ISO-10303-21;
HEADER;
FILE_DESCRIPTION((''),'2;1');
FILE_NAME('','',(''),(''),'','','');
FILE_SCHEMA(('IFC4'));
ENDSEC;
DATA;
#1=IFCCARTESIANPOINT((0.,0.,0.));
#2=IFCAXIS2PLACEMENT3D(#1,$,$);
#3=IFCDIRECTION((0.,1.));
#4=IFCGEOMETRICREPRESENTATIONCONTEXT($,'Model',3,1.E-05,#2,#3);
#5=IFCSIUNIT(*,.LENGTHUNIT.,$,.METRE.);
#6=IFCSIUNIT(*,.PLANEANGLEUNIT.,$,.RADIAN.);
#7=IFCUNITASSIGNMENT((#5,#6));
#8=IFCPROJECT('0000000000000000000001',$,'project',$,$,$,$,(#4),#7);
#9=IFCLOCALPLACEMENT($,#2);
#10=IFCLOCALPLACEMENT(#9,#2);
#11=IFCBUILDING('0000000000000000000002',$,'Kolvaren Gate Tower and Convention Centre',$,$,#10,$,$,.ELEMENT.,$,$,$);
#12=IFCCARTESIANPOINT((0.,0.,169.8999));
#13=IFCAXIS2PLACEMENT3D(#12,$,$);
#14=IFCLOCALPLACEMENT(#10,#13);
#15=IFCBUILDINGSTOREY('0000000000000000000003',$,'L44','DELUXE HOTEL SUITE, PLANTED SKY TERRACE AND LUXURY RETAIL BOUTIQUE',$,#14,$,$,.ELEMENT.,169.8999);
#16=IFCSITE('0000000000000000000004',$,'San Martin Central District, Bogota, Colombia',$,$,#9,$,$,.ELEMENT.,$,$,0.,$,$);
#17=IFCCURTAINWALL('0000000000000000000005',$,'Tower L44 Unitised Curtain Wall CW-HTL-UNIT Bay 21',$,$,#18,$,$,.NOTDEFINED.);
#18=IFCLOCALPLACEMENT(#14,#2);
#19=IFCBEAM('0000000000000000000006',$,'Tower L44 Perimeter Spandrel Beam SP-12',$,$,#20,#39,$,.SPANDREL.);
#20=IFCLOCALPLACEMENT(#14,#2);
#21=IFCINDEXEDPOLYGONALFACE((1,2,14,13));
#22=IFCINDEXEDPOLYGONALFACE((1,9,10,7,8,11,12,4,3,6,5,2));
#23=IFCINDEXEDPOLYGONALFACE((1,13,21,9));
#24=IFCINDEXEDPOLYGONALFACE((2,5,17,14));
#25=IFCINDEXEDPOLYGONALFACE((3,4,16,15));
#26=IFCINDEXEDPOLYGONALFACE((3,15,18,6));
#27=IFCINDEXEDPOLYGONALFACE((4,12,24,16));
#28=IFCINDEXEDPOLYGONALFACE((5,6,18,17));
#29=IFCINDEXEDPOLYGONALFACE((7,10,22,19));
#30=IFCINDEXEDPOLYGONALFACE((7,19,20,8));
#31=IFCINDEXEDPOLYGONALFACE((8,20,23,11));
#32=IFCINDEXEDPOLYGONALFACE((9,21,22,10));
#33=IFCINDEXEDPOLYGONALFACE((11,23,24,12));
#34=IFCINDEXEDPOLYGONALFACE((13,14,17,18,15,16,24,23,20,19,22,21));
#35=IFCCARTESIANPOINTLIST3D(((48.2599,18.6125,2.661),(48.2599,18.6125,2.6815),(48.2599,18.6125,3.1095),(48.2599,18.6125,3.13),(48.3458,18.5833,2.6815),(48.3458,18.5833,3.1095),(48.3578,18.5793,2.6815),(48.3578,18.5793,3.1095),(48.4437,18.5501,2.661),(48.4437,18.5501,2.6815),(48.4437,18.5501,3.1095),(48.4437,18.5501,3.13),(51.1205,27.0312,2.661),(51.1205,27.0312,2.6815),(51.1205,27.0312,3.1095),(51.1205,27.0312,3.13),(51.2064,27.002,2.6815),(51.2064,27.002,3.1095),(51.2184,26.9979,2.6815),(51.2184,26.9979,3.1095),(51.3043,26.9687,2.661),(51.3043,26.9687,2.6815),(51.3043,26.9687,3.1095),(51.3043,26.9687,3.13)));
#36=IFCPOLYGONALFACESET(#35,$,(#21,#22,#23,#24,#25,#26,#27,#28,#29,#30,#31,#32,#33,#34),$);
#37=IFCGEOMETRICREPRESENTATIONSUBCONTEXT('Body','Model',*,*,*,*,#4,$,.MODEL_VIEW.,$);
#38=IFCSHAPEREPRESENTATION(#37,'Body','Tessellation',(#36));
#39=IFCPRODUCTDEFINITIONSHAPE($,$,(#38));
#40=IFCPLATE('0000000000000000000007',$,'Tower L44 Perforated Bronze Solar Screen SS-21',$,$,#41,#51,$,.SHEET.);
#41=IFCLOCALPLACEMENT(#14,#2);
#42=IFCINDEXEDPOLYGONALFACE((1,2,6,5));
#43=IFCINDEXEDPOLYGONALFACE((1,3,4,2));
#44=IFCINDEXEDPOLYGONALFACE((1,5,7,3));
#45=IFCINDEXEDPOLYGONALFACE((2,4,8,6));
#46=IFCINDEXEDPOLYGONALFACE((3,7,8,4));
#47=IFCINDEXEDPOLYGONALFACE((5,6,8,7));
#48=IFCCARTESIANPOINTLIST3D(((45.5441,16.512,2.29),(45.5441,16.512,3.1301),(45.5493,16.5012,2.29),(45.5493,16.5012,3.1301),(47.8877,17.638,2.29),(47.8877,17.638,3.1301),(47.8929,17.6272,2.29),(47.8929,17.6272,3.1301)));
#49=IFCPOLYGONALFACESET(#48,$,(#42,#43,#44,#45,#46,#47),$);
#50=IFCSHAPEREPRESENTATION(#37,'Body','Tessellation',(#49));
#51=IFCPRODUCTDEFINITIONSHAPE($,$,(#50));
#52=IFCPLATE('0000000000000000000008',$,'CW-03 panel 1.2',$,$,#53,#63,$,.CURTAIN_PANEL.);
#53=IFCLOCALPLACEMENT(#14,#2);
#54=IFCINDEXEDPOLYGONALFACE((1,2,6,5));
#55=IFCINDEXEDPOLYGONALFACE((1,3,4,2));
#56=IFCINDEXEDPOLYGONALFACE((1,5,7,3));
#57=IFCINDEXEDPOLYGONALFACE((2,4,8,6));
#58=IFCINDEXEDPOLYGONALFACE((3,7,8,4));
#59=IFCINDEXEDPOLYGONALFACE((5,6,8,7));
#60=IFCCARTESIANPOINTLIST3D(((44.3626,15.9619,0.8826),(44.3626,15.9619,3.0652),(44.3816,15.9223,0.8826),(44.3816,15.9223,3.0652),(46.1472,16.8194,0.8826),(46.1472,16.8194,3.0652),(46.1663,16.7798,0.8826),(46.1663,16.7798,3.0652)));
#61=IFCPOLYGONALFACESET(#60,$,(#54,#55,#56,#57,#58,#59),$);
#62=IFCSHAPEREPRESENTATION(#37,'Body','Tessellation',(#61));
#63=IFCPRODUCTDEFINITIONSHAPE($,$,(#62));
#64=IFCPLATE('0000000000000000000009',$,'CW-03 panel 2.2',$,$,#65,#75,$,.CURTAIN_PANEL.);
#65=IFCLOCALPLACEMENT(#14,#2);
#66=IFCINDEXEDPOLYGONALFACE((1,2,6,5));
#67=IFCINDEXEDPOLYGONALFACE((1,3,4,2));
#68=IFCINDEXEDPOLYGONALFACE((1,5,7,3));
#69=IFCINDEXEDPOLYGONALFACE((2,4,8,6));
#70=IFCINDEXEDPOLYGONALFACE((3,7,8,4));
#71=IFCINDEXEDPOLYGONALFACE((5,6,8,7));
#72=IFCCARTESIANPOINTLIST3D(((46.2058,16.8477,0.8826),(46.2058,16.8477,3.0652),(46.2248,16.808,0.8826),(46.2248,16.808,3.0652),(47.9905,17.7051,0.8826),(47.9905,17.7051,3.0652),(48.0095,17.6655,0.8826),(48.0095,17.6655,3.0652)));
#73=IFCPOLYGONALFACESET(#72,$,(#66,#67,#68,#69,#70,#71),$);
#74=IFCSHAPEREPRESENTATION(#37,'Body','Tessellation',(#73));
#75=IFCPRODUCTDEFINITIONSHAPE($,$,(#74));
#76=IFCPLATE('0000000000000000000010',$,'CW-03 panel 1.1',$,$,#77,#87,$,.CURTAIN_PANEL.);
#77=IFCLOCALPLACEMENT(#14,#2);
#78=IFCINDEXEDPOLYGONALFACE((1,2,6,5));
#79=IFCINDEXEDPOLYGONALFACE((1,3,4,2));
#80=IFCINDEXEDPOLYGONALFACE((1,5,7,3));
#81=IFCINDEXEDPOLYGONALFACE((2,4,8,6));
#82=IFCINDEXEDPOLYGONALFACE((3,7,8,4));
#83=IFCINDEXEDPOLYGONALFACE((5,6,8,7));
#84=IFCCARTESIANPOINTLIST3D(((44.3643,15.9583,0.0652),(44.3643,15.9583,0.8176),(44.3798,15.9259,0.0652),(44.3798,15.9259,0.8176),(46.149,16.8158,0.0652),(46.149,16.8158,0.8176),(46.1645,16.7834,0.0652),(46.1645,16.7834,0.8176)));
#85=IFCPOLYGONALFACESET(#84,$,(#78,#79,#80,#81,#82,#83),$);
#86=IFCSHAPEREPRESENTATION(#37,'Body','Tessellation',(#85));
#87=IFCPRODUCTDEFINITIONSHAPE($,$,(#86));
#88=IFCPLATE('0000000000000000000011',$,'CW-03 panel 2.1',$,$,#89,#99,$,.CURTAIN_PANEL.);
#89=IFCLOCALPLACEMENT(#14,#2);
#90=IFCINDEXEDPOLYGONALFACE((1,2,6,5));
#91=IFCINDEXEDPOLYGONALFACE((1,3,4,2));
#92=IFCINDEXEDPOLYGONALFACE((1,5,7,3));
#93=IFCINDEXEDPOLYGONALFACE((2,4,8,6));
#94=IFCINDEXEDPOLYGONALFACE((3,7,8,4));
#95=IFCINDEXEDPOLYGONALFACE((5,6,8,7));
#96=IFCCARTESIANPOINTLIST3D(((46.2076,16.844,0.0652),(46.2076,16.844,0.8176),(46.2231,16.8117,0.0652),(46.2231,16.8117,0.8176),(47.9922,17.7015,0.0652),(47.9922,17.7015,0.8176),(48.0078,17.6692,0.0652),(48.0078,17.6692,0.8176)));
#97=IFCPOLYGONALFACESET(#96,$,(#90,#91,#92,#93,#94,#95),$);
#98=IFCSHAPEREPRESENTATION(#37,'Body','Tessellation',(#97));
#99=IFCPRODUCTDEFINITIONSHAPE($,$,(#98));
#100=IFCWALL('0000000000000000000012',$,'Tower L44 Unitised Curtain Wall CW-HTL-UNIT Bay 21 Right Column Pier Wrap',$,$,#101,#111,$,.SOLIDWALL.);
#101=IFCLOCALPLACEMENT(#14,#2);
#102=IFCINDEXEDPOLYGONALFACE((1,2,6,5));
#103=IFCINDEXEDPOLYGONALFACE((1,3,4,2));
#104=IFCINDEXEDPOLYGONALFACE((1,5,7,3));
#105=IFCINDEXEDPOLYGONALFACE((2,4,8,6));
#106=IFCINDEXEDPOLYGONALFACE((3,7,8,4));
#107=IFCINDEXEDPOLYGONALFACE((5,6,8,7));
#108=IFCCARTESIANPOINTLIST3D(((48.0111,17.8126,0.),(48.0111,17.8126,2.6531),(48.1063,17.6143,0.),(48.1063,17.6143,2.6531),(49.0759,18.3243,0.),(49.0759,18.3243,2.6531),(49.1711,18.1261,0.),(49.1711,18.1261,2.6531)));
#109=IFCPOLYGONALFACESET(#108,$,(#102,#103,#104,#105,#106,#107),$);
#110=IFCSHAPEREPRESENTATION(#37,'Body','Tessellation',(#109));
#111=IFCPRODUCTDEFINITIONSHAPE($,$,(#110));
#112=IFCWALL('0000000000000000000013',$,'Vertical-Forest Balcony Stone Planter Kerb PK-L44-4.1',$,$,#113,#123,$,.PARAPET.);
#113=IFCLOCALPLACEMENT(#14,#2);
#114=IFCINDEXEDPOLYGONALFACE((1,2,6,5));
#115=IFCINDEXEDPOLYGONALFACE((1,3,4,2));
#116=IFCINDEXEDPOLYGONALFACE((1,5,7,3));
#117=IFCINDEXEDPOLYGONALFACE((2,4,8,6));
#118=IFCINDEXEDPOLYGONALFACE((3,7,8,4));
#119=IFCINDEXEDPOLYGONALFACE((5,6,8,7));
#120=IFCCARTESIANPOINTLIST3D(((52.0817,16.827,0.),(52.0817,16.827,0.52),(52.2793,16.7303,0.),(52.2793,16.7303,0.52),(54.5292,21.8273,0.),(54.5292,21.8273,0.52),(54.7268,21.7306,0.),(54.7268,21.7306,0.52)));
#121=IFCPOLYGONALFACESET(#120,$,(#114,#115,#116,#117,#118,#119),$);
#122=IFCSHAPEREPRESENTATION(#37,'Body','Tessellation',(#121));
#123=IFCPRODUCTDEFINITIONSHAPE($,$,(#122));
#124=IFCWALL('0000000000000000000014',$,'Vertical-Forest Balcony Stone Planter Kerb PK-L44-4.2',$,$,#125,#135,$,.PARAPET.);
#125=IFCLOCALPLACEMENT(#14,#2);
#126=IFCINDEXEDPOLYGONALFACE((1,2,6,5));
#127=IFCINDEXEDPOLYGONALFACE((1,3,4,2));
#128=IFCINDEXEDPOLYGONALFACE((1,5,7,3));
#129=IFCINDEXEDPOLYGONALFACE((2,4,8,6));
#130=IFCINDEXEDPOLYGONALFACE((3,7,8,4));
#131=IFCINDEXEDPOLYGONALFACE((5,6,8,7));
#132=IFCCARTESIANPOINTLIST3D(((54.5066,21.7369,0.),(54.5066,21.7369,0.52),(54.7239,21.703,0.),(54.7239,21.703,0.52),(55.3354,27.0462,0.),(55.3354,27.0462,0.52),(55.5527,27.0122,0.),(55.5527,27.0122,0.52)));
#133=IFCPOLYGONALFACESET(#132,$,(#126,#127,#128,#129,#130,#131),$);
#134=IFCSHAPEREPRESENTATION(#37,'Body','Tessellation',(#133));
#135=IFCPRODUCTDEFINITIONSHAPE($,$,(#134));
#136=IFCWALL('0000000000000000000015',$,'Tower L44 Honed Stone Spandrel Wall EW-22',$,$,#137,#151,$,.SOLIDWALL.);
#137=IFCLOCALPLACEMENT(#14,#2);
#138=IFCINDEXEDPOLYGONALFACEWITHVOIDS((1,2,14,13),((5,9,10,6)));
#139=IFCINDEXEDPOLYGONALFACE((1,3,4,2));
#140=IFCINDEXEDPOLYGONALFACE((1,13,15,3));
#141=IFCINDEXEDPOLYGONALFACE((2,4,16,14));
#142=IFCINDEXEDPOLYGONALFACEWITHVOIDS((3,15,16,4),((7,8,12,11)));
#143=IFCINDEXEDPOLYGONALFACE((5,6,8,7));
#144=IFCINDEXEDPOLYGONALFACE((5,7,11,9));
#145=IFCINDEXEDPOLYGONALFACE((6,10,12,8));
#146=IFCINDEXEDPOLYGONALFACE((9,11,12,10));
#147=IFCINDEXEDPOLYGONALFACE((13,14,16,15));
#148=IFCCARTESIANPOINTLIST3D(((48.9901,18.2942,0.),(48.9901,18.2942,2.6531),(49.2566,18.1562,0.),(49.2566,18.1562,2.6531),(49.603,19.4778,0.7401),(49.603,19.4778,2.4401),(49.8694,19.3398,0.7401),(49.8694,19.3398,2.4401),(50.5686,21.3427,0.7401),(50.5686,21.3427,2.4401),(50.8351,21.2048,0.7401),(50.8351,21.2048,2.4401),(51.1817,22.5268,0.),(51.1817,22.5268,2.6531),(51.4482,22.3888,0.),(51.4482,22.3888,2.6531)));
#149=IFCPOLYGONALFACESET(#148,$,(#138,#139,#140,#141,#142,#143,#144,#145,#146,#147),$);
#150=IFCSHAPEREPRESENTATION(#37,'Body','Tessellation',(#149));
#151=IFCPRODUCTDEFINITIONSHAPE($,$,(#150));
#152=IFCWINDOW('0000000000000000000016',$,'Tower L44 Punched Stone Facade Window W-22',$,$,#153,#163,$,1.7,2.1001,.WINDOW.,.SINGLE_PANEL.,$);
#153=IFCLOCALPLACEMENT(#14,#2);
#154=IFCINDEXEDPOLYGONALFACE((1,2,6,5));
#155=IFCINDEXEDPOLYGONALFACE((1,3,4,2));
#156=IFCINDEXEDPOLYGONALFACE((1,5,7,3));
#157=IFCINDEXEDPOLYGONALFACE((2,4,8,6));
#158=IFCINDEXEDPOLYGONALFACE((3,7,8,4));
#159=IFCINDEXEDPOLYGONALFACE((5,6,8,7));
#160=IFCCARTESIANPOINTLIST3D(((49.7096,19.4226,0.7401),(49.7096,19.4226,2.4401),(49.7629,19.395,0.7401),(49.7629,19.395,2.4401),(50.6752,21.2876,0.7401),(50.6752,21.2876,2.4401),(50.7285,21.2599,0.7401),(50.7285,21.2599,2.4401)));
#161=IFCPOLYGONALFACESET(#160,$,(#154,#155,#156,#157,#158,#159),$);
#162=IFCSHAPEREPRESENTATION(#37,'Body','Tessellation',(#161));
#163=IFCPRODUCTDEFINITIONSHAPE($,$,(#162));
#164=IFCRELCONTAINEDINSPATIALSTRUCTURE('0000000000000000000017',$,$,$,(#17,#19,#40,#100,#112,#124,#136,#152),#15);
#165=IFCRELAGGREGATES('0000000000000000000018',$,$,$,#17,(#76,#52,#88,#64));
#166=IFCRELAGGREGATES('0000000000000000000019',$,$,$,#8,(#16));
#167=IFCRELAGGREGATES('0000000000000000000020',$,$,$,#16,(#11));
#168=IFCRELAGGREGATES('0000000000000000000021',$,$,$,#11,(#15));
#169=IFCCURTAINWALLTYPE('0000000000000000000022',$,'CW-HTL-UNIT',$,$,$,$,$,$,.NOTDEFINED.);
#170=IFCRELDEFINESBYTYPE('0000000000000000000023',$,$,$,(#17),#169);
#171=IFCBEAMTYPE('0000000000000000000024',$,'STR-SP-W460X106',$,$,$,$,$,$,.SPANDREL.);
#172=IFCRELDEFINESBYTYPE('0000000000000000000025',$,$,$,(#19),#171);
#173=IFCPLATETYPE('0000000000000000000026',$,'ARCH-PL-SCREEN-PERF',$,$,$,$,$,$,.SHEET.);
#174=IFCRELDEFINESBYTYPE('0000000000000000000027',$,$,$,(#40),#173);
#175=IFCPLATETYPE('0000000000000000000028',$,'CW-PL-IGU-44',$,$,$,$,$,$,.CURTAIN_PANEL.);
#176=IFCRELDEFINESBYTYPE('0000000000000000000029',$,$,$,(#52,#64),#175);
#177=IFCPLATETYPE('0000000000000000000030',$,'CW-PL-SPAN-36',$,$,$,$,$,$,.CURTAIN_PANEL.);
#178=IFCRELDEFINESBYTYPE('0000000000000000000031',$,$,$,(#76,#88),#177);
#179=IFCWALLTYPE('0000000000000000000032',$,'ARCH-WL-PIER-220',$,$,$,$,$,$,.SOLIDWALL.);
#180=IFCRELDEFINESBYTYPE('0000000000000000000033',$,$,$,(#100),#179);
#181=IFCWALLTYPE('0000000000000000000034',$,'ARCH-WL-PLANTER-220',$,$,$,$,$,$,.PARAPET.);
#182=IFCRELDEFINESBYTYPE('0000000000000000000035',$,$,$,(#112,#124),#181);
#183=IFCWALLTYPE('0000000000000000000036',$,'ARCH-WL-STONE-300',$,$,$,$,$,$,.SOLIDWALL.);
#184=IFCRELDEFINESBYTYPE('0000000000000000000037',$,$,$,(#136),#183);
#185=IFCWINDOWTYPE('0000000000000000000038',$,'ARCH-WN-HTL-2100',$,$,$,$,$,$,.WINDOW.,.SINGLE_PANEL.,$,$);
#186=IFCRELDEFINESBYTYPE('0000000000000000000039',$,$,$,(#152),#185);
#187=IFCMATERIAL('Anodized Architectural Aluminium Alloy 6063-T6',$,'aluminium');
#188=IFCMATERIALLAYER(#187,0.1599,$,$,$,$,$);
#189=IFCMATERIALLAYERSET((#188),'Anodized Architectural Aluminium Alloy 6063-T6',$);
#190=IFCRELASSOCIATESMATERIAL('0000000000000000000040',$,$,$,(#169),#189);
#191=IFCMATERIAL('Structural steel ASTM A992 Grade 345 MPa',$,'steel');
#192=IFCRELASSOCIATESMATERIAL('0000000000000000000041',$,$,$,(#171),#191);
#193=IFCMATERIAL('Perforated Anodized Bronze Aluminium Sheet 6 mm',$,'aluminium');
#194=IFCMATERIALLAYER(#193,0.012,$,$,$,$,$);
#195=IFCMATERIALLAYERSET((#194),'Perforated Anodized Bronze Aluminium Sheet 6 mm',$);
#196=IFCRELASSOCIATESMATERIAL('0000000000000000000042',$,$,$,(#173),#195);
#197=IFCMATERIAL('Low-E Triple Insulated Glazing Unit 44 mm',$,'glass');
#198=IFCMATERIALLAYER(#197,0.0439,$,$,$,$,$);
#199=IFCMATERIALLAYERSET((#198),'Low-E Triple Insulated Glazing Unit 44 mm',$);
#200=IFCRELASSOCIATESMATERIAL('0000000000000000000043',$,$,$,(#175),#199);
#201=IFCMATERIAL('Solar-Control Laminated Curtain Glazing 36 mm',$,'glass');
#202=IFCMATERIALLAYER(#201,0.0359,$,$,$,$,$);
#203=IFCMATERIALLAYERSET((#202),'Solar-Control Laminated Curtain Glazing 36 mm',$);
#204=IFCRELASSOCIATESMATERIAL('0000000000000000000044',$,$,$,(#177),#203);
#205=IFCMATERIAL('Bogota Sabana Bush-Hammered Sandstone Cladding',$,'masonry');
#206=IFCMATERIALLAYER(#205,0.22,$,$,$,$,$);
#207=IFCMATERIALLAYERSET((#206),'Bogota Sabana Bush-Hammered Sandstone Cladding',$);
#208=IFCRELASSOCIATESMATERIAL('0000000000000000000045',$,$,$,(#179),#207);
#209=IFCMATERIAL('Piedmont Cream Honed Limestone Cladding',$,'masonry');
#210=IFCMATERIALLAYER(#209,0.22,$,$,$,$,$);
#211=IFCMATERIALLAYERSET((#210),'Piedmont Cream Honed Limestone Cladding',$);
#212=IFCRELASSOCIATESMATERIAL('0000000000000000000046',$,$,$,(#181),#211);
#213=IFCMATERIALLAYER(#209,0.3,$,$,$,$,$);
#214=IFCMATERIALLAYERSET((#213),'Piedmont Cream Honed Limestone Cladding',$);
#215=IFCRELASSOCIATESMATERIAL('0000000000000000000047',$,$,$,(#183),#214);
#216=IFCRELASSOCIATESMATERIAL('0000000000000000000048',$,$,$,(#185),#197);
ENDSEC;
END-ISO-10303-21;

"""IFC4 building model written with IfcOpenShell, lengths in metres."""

from ifc_helpers import new_model, si_unit, direction, frame, frame_2d, origin, origin_2d, place, context, subcontext, project, spatial, rectangle, i_section, extrude, material, layer, layer_set, material_profile, profile_set, type_object, element, fill, aggregate, save


model = new_model("IFC4")

# Units and contexts
model_context = context("Model", 3, precision=1e-05, world=origin(), true_north=direction((0.0, 1.0)))
body_context = subcontext(model_context, "Body", "Model", "MODEL_VIEW")
ifc_project = project(units=[si_unit("LENGTHUNIT", "METRE"), si_unit("PLANEANGLEUNIT", "RADIAN")], contexts=[model_context])

# Site, building, storey
site_placement = place(None, origin())
site = spatial("IfcSite", under=ifc_project, at=site_placement, Name="San Martin Central District, Bogota, Colombia", CompositionType="ELEMENT", RefElevation=0.0)
building_placement = place(site_placement, origin())
building = spatial("IfcBuilding", under=site, at=building_placement, Name="Kolvaren Gate Tower and Convention Centre", CompositionType="ELEMENT")
storey_placement = place(building_placement, frame((0.0, 0.0, 169.8999)))
storey = spatial("IfcBuildingStorey", under=building, at=storey_placement, Name="L44", Description="DELUXE HOTEL SUITE, PLANTED SKY TERRACE AND LUXURY RETAIL BOUTIQUE", CompositionType="ELEMENT", Elevation=169.8999)

# Curtain wall
ifc_material_1 = material(Name="Anodized Architectural Aluminium Alloy 6063-T6", Category="aluminium")
ifc_layer_1 = layer(ifc_material_1, 0.1599)
ifc_layer_set_1 = layer_set([ifc_layer_1], Name="Anodized Architectural Aluminium Alloy 6063-T6")
curtain_wall_type = type_object("IfcCurtainWallType", Name="CW-HTL-UNIT", PredefinedType="NOTDEFINED", material=ifc_layer_set_1)
curtain_wall_placement = place(storey_placement, origin())
curtain_wall = element("IfcCurtainWall", 1, at=curtain_wall_placement, inside=storey, type_object=curtain_wall_type, Name="Tower L44 Unitised Curtain Wall CW-HTL-UNIT Bay 21", PredefinedType="NOTDEFINED")

# Beam
ifc_material_2 = material(Name="Structural steel ASTM A992 Grade 345 MPa", Category="steel")
ifc_material_profile_1 = material_profile(ifc_material_2, i_section(OverallWidth=0.1941, OverallDepth=0.469, WebThickness=0.0127, FlangeThickness=0.0205, at=origin_2d()), Name="W460X106")
ifc_profile_set_1 = profile_set([ifc_material_profile_1], Name="Structural steel ASTM A992 Grade 345 MPa")
beam_type_1 = type_object("IfcBeamType", Name="STR-SP-W460X106", PredefinedType="SPANDREL", material=ifc_profile_set_1)
beam_1_placement = place(storey_placement, frame((48.3518, 18.5813, 2.8955), z_axis=(0.321725, 0.946833, 0.0), x_axis=(-0.946833, 0.321725, 0.0)))
element("IfcBeam", 2, at=beam_1_placement, inside=storey, type_object=beam_type_1, Name="Tower L44 Perimeter Spandrel Beam SP-12", PredefinedType="SPANDREL", context=body_context, shape_type="SweptSolid", body=[
    extrude(i_section(OverallWidth=0.1941, OverallDepth=0.469, WebThickness=0.0127, FlangeThickness=0.0205, at=origin_2d()), origin(), (0.0, 0.0, 1.0), 8.8914),
])

# Plates
ifc_material_3 = material(Name="Perforated Anodized Bronze Aluminium Sheet 6 mm", Category="aluminium")
ifc_layer_2 = layer(ifc_material_3, 0.012)
ifc_layer_set_2 = layer_set([ifc_layer_2], Name="Perforated Anodized Bronze Aluminium Sheet 6 mm")
plate_type_1 = type_object("IfcPlateType", Name="ARCH-PL-SCREEN-PERF", PredefinedType="SHEET", material=ifc_layer_set_2)
plate_1_placement = place(storey_placement, frame((46.7185, 17.0696, 2.29), z_axis=(0.0, 0.0, 1.0), x_axis=(0.901358, 0.433074, 0.0)))
element("IfcPlate", 3, at=plate_1_placement, inside=storey, type_object=plate_type_1, Name="Tower L44 Perforated Bronze Solar Screen SS-21", PredefinedType="SHEET", context=body_context, shape_type="SweptSolid", body=[
    extrude(rectangle(XDim=2.6001, YDim=0.012, at=origin_2d()), origin(), (0.0, 0.0, 1.0), 0.8401),
])
ifc_material_4 = material(Name="Low-E Triple Insulated Glazing Unit 44 mm", Category="glass")
ifc_layer_3 = layer(ifc_material_4, 0.0439)
ifc_layer_set_3 = layer_set([ifc_layer_3], Name="Low-E Triple Insulated Glazing Unit 44 mm")
plate_type_2 = type_object("IfcPlateType", Name="CW-PL-IGU-44", PredefinedType="CURTAIN_PANEL", material=ifc_layer_set_3)
plate_2_placement = place(storey_placement, frame((45.2644, 16.3708, 0.8826), z_axis=(0.0, 0.0, 1.0), x_axis=(0.901358, 0.433074, 0.0)))
plate_2 = element("IfcPlate", 4, at=plate_2_placement, type_object=plate_type_2, Name="CW-03 panel 1.2", PredefinedType="CURTAIN_PANEL", context=body_context, shape_type="SweptSolid", body=[
    extrude(rectangle(XDim=1.98, YDim=0.0439, at=origin_2d()), origin(), (0.0, 0.0, 1.0), 2.1826),
])
plate_3_placement = place(storey_placement, frame((47.1077, 17.2566, 0.8826), z_axis=(0.0, 0.0, 1.0), x_axis=(0.901358, 0.433074, 0.0)))
plate_3 = element("IfcPlate", 5, at=plate_3_placement, type_object=plate_type_2, Name="CW-03 panel 2.2", PredefinedType="CURTAIN_PANEL", context=body_context, shape_type="SweptSolid", body=[
    extrude(rectangle(XDim=1.98, YDim=0.0439, at=origin_2d()), origin(), (0.0, 0.0, 1.0), 2.1826),
])
ifc_material_5 = material(Name="Solar-Control Laminated Curtain Glazing 36 mm", Category="glass")
ifc_layer_4 = layer(ifc_material_5, 0.0359)
ifc_layer_set_4 = layer_set([ifc_layer_4], Name="Solar-Control Laminated Curtain Glazing 36 mm")
plate_type_3 = type_object("IfcPlateType", Name="CW-PL-SPAN-36", PredefinedType="CURTAIN_PANEL", material=ifc_layer_set_4)
plate_4_placement = place(storey_placement, frame((45.2644, 16.3708, 0.0652), z_axis=(0.0, 0.0, 1.0), x_axis=(0.901358, 0.433074, 0.0)))
plate_4 = element("IfcPlate", 6, at=plate_4_placement, type_object=plate_type_3, Name="CW-03 panel 1.1", PredefinedType="CURTAIN_PANEL", context=body_context, shape_type="SweptSolid", body=[
    extrude(rectangle(XDim=1.98, YDim=0.0359, at=origin_2d()), origin(), (0.0, 0.0, 1.0), 0.7524),
])
plate_5_placement = place(storey_placement, frame((47.1077, 17.2566, 0.0652), z_axis=(0.0, 0.0, 1.0), x_axis=(0.901358, 0.433074, 0.0)))
plate_5 = element("IfcPlate", 7, at=plate_5_placement, type_object=plate_type_3, Name="CW-03 panel 2.1", PredefinedType="CURTAIN_PANEL", context=body_context, shape_type="SweptSolid", body=[
    extrude(rectangle(XDim=1.98, YDim=0.0359, at=origin_2d()), origin(), (0.0, 0.0, 1.0), 0.7524),
])
aggregate(curtain_wall, [plate_4, plate_2, plate_5, plate_3])

# Walls
ifc_material_6 = material(Name="Bogota Sabana Bush-Hammered Sandstone Cladding", Category="masonry")
ifc_layer_5 = layer(ifc_material_6, 0.22)
ifc_layer_set_5 = layer_set([ifc_layer_5], Name="Bogota Sabana Bush-Hammered Sandstone Cladding")
wall_type_1 = type_object("IfcWallType", Name="ARCH-WL-PIER-220", PredefinedType="SOLIDWALL", material=ifc_layer_set_5)
wall_1_placement = place(storey_placement, frame((48.0586, 17.7134, 0.0), z_axis=(0.0, 0.0, 1.0), x_axis=(0.901304, 0.433188, 0.0)))
element("IfcWall", 8, at=wall_1_placement, inside=storey, type_object=wall_type_1, Name="Tower L44 Unitised Curtain Wall CW-HTL-UNIT Bay 21 Right Column Pier Wrap", PredefinedType="SOLIDWALL", context=body_context, shape_type="SweptSolid", body=[
    extrude(rectangle(XDim=1.1814, YDim=0.22, at=frame_2d((0.5908, 0.0))), origin(), (0.0, 0.0, 1.0), 2.6531),
])
ifc_material_7 = material(Name="Piedmont Cream Honed Limestone Cladding", Category="masonry")
ifc_layer_6 = layer(ifc_material_7, 0.22)
ifc_layer_set_6 = layer_set([ifc_layer_6], Name="Piedmont Cream Honed Limestone Cladding")
wall_type_2 = type_object("IfcWallType", Name="ARCH-WL-PLANTER-220", PredefinedType="PARAPET", material=ifc_layer_set_6)
wall_2_placement = place(storey_placement, frame((52.1804, 16.7786, 0.0), z_axis=(0.0, 0.0, 1.0), x_axis=(0.439637, 0.898175, 0.0)))
element("IfcWall", 9, at=wall_2_placement, inside=storey, type_object=wall_type_2, Name="Vertical-Forest Balcony Stone Planter Kerb PK-L44-4.1", PredefinedType="PARAPET", context=body_context, shape_type="SweptSolid", body=[
    extrude(rectangle(XDim=5.5671, YDim=0.22, at=frame_2d((2.7837, 0.0))), origin(), (0.0, 0.0, 1.0), 0.52),
])
wall_3_placement = place(storey_placement, frame((54.6152, 21.72, 0.0), z_axis=(0.0, 0.0, 1.0), x_axis=(0.154245, 0.988033, 0.0)))
element("IfcWall", 10, at=wall_3_placement, inside=storey, type_object=wall_type_2, Name="Vertical-Forest Balcony Stone Planter Kerb PK-L44-4.2", PredefinedType="PARAPET", context=body_context, shape_type="SweptSolid", body=[
    extrude(rectangle(XDim=5.3735, YDim=0.22, at=frame_2d((2.6868, 0.0))), origin(), (0.0, 0.0, 1.0), 0.52),
])

# Wall, opening, window
ifc_layer_7 = layer(ifc_material_7, 0.3)
ifc_layer_set_7 = layer_set([ifc_layer_7], Name="Piedmont Cream Honed Limestone Cladding")
wall_type_3 = type_object("IfcWallType", Name="ARCH-WL-STONE-300", PredefinedType="SOLIDWALL", material=ifc_layer_set_7)
wall_4_placement = place(storey_placement, frame((49.1233, 18.2251, 0.0), z_axis=(0.0, 0.0, 1.0), x_axis=(0.45981, 0.888017, 0.0)))
wall_4 = element("IfcWall", 11, at=wall_4_placement, inside=storey, type_object=wall_type_3, Name="Tower L44 Honed Stone Spandrel Wall EW-22", PredefinedType="SOLIDWALL", context=body_context, shape_type="SweptSolid", body=[
    extrude(rectangle(XDim=4.7664, YDim=0.3, at=frame_2d((2.3833, 0.0))), origin(), (0.0, 0.0, 1.0), 2.6531),
])
opening_1_placement = place(wall_4_placement, frame((1.333, 0.0, 0.74)))
opening_1 = element("IfcOpeningElement", 12, at=opening_1_placement, cuts=wall_4, PredefinedType="OPENING", context=body_context, shape_type="SweptSolid", body=[
    extrude(rectangle(XDim=2.1001, YDim=1.7, at=frame_2d((1.05, 0.8501))), frame((0.0, 0.1599, 0.0), z_axis=(0.0, -1.0, 0.0), x_axis=(1.0, 0.0, 0.0)), (0.0, 0.0, 1.0), 0.3201),
])
window_type = type_object("IfcWindowType", Name="ARCH-WN-HTL-2100", PartitioningType="SINGLE_PANEL", PredefinedType="WINDOW", material=ifc_material_4)
window_placement = place(opening_1_placement, origin())
window = element("IfcWindow", 13, at=window_placement, inside=storey, type_object=window_type, Name="Tower L44 Punched Stone Facade Window W-22", OverallHeight=1.7, OverallWidth=2.1001, PartitioningType="SINGLE_PANEL", PredefinedType="WINDOW", context=body_context, shape_type="SweptSolid", body=[
    extrude(rectangle(XDim=2.1001, YDim=1.7, at=frame_2d((1.05, 0.8501))), frame((0.0, 0.03, 0.0), z_axis=(0.0, -1.0, 0.0), x_axis=(1.0, 0.0, 0.0)), (0.0, 0.0, 1.0), 0.0601),
])
fill(opening_1, window)

save(model, "model.ifc")
